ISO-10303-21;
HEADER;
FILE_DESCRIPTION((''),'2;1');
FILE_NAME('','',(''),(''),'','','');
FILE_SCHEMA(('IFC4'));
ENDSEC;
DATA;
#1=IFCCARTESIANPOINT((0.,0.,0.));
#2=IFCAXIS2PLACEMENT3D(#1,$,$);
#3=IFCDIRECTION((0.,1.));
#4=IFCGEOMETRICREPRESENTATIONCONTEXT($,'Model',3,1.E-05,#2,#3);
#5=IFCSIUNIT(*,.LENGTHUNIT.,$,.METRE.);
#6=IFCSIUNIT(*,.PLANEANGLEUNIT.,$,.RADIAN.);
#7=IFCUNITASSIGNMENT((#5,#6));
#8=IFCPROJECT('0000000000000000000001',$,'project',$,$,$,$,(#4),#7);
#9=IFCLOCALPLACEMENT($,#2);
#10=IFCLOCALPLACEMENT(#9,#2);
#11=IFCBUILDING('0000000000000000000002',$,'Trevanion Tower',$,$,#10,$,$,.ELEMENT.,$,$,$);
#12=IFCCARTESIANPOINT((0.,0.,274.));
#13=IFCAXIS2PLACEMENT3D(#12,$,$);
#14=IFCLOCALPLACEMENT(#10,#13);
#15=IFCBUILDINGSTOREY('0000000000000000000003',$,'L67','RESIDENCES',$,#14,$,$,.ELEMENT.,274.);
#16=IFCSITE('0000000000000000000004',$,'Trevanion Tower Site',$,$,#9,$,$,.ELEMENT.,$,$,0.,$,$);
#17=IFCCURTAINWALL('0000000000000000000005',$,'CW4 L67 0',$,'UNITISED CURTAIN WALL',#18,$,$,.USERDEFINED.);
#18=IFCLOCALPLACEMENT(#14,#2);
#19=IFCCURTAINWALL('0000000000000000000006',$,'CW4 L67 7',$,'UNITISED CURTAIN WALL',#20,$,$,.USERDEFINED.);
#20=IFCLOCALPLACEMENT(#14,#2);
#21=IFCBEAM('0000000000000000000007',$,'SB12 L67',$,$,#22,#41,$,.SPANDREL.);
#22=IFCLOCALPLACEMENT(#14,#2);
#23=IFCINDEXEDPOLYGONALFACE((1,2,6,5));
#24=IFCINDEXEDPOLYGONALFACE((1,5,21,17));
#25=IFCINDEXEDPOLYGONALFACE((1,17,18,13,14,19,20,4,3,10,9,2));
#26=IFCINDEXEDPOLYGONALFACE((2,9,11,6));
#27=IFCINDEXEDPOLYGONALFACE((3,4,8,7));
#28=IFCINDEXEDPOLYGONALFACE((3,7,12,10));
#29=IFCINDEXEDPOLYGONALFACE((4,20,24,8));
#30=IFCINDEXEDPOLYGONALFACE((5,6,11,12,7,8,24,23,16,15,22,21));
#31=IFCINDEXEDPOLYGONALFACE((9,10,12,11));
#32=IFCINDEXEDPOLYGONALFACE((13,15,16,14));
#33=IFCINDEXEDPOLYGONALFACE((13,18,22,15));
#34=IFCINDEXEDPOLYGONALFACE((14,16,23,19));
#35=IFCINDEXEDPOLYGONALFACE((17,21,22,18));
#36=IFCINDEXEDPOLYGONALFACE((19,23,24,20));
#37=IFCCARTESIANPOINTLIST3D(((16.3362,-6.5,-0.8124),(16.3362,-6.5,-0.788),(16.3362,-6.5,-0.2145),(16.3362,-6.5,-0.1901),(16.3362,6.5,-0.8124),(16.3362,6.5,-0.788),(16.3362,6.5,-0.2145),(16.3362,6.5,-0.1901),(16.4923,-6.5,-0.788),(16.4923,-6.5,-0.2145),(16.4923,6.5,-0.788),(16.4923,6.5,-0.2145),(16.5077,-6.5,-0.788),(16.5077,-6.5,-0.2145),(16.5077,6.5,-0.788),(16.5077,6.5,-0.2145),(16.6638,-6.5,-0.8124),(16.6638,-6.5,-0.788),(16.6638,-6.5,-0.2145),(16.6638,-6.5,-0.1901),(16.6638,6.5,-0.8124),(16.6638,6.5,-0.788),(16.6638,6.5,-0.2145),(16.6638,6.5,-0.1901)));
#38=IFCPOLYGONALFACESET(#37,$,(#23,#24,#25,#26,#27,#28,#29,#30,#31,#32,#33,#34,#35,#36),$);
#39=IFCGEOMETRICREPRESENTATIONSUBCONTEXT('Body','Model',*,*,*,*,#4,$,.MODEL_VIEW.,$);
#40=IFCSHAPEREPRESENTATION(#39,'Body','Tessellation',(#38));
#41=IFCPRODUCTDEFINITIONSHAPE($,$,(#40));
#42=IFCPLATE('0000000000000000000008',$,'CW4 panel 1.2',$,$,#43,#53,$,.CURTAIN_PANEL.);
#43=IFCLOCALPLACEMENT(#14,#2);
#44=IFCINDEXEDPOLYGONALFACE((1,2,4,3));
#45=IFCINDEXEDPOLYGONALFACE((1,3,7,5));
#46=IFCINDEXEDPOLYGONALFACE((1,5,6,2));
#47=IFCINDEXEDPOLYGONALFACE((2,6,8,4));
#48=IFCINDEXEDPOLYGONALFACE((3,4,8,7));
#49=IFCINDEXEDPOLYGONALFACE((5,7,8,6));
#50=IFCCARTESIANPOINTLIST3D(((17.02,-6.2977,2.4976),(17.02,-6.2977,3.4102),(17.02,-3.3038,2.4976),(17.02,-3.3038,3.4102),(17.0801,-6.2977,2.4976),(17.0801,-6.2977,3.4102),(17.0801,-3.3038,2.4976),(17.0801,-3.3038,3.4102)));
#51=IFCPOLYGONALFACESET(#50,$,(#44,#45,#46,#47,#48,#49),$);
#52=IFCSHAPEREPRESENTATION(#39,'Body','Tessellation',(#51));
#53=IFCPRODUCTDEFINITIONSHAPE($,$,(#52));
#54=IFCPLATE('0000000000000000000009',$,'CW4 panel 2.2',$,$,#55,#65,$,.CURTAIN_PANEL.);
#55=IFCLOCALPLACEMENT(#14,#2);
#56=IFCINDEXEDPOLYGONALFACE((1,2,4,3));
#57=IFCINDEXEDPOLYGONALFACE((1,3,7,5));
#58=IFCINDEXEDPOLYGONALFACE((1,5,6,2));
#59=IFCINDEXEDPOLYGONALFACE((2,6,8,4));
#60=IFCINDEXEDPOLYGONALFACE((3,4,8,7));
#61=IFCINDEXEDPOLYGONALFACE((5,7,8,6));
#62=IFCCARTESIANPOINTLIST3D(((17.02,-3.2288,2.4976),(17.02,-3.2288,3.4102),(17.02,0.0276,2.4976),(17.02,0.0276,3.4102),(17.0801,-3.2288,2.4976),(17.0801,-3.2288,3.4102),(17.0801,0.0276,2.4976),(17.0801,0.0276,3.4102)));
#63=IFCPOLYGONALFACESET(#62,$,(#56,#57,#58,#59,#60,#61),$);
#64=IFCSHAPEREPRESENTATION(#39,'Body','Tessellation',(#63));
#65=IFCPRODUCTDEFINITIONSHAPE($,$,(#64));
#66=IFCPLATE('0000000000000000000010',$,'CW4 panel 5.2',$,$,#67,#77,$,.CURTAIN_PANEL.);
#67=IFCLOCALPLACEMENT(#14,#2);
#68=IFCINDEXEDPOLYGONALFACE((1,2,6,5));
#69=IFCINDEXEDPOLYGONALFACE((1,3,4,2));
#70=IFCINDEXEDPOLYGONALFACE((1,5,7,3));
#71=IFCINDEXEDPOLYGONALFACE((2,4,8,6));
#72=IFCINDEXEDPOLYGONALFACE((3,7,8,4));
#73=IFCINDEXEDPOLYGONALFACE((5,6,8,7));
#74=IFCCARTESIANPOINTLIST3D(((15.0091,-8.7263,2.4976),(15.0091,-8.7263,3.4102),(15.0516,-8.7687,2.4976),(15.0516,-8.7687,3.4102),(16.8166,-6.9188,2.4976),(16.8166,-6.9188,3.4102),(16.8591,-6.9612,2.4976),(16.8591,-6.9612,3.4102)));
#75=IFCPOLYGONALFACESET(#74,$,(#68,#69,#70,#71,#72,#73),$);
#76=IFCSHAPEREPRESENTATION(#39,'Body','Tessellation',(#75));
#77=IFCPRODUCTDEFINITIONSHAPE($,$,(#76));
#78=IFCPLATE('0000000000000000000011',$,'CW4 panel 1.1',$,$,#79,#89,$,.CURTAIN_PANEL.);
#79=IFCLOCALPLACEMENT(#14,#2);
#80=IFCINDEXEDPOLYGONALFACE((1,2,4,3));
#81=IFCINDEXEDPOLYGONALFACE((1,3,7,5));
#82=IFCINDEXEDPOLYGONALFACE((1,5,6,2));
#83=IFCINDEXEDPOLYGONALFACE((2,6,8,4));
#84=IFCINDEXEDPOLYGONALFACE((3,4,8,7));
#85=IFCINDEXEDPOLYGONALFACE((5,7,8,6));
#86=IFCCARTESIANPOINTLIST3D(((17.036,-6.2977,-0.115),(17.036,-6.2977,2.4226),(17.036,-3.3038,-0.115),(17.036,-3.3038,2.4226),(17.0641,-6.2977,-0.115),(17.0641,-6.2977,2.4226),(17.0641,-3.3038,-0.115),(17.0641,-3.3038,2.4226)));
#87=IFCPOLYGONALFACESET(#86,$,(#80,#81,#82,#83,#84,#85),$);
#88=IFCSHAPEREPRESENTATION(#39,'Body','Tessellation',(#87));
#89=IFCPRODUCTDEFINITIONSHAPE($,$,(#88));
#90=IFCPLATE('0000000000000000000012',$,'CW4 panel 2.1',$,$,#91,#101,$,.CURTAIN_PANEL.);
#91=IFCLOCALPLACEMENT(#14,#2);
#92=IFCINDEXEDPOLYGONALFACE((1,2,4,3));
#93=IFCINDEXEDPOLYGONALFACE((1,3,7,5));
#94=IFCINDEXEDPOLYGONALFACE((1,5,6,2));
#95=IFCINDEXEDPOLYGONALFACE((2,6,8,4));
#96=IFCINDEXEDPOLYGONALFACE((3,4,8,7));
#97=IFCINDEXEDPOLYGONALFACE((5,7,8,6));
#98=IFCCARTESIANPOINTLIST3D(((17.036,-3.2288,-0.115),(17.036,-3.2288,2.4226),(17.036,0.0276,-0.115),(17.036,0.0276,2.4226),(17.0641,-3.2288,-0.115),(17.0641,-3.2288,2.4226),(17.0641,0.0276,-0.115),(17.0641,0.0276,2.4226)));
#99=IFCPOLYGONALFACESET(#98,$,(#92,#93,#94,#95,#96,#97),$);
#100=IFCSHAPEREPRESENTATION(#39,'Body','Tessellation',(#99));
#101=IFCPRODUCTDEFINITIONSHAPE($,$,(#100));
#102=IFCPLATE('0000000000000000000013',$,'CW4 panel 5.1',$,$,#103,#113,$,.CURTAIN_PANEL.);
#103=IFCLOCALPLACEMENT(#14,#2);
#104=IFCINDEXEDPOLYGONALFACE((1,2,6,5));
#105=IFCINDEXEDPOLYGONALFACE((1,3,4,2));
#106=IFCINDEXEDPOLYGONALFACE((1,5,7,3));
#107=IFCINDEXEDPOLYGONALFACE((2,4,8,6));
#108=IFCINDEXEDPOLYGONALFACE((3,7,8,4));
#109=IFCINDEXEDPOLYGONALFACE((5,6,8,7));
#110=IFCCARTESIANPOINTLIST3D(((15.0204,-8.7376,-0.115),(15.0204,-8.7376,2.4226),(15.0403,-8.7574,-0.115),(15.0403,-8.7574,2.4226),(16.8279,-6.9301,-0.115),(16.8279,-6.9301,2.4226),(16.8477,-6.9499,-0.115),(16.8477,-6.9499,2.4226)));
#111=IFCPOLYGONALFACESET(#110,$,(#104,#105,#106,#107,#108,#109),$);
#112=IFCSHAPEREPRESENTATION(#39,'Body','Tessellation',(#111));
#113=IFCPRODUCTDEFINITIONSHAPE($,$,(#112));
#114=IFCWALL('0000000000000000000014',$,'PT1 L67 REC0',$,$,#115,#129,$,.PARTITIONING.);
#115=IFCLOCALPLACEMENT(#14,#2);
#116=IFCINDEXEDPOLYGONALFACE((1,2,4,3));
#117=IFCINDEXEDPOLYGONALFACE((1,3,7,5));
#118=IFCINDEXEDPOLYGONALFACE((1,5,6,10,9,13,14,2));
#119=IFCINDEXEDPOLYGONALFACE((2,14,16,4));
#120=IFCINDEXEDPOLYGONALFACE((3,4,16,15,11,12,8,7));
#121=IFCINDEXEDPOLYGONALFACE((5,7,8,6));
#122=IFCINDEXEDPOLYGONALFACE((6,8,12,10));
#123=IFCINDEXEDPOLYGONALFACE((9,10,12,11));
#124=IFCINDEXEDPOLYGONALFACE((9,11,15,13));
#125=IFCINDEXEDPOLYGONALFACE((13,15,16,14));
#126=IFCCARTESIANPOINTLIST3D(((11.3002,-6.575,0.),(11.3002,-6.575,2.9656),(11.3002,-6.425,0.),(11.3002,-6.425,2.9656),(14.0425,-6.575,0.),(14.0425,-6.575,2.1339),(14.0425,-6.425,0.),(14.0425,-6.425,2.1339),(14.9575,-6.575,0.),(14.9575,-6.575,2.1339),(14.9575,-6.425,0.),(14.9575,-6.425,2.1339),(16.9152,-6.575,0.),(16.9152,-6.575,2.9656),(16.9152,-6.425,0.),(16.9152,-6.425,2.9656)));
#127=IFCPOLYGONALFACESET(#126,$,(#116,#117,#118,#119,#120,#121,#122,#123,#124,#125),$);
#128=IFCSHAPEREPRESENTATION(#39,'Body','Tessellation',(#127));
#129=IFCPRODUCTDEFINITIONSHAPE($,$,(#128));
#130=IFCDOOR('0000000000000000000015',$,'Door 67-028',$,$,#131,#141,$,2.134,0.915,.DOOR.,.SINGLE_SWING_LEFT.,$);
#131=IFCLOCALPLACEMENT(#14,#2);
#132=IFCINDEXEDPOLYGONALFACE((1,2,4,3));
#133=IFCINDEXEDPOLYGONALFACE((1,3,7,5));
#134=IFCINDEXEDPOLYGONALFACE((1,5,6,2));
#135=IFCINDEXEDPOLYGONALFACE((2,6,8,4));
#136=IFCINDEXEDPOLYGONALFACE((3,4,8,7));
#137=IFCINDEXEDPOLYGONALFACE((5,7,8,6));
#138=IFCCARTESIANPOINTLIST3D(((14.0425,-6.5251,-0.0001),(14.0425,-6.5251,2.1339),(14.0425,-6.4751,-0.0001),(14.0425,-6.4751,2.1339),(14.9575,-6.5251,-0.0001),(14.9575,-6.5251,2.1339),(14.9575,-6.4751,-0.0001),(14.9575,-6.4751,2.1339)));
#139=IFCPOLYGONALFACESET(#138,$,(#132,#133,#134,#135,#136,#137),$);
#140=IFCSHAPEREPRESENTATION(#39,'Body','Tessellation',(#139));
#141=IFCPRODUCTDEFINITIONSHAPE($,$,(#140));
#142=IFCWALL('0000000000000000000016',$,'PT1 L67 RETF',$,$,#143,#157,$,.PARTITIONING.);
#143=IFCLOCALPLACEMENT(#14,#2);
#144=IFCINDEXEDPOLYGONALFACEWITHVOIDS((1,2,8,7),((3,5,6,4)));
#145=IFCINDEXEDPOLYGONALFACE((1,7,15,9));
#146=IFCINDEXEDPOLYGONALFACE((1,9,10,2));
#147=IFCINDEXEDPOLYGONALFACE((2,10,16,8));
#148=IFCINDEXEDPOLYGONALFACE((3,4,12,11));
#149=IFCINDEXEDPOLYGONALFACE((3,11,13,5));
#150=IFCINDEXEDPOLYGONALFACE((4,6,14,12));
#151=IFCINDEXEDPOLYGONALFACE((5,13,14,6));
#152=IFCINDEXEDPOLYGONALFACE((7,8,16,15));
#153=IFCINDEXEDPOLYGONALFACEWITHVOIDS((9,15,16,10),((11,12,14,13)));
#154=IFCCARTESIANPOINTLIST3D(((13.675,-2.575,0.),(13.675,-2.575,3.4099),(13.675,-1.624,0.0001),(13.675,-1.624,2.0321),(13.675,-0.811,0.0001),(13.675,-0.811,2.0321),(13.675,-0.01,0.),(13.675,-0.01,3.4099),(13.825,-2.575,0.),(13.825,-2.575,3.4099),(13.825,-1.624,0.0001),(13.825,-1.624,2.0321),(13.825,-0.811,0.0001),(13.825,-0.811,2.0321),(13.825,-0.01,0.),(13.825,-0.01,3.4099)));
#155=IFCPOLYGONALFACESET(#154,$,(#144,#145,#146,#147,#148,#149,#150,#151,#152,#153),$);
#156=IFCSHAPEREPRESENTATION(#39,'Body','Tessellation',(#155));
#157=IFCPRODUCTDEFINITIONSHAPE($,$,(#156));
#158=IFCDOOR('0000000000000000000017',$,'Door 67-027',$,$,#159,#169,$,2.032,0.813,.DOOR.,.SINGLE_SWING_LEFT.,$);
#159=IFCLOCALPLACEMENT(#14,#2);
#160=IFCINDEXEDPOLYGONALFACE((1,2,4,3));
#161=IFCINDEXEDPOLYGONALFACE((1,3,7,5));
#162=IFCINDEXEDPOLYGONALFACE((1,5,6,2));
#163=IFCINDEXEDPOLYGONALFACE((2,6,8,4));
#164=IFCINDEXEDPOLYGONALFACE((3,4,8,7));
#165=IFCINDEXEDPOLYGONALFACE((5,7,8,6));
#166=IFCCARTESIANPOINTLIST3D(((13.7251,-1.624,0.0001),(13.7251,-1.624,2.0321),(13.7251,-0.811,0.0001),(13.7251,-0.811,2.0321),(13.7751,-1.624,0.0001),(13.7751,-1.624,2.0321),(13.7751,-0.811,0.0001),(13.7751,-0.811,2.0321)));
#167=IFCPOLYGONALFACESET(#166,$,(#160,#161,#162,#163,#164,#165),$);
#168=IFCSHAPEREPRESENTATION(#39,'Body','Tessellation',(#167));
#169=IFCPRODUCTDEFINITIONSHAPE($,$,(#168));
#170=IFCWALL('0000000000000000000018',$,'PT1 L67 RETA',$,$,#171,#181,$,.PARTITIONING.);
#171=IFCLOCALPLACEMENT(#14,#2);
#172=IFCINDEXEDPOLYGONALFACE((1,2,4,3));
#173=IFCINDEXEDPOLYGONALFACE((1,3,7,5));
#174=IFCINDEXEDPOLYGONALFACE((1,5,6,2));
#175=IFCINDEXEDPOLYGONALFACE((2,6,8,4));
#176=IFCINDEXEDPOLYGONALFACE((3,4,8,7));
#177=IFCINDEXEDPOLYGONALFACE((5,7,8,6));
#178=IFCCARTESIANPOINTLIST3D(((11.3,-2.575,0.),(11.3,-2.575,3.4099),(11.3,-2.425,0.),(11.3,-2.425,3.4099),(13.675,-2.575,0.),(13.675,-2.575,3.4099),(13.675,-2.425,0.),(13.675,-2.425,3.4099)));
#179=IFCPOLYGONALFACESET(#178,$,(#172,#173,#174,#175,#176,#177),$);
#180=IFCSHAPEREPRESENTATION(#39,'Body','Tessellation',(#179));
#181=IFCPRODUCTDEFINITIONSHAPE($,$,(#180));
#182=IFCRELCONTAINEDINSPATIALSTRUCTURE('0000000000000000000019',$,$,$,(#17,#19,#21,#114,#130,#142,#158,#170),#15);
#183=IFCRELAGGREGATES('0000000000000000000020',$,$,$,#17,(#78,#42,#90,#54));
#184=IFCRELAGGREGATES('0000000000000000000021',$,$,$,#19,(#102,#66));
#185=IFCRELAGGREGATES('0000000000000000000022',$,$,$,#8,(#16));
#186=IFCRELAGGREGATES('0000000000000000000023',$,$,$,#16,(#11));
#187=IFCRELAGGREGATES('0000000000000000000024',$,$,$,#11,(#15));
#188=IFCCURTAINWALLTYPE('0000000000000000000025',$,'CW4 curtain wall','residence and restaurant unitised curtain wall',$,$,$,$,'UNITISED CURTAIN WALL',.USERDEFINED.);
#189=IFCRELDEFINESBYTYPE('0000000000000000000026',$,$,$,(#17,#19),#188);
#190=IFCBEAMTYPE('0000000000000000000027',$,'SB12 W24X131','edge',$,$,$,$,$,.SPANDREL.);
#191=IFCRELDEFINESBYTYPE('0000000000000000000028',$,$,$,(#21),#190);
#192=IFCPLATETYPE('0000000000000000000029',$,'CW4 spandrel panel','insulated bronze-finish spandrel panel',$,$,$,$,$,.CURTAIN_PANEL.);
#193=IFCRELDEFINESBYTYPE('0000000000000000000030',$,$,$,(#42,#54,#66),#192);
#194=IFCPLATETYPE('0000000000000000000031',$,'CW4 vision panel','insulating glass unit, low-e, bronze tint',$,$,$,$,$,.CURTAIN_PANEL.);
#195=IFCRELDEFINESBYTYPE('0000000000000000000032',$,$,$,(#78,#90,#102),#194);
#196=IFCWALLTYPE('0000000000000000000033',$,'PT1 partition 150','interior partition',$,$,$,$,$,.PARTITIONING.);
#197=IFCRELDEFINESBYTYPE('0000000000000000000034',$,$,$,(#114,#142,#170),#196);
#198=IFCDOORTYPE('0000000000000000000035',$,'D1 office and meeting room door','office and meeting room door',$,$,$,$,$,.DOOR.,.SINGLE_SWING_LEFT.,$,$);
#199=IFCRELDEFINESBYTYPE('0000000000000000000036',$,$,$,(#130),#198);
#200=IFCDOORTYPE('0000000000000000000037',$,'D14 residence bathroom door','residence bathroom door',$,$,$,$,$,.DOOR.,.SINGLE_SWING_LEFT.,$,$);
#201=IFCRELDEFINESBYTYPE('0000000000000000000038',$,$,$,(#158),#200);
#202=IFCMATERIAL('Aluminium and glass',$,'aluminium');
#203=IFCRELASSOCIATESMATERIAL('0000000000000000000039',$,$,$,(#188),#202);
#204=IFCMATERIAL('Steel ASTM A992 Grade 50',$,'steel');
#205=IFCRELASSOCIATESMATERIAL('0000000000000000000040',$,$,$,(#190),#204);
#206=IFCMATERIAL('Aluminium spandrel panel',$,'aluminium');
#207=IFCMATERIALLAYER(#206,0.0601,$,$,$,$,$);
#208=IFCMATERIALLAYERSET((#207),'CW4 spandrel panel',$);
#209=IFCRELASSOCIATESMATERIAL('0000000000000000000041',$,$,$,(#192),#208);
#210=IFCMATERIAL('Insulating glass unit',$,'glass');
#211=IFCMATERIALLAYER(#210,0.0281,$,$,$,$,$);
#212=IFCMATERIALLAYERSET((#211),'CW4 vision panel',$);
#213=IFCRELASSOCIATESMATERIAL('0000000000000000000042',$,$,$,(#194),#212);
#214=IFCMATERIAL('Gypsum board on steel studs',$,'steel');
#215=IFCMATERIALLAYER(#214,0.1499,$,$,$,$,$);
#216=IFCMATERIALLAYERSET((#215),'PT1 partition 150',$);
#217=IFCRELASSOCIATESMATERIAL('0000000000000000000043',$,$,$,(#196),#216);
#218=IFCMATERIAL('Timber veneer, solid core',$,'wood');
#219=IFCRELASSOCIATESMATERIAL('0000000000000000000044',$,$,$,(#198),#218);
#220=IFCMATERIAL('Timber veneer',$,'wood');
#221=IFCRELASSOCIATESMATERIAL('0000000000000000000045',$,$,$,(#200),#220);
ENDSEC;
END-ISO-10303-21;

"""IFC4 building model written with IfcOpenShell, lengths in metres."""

from ifc_helpers import new_model, si_unit, direction, frame, frame_2d, origin, origin_2d, place, context, subcontext, project, spatial, rectangle, i_section, extrude, material, layer, layer_set, material_profile, profile_set, type_object, element, fill, aggregate, save


model = new_model("IFC4")

# Units and contexts
model_context = context("Model", 3, precision=1e-05, world=origin(), true_north=direction((0.0, 1.0)))
body_context = subcontext(model_context, "Body", "Model", "MODEL_VIEW")
ifc_project = project(units=[si_unit("LENGTHUNIT", "METRE"), si_unit("PLANEANGLEUNIT", "RADIAN")], contexts=[model_context])

# Site, building, storey
site_placement = place(None, origin())
site = spatial("IfcSite", under=ifc_project, at=site_placement, Name="Trevanion Tower Site", CompositionType="ELEMENT", RefElevation=0.0)
building_placement = place(site_placement, origin())
building = spatial("IfcBuilding", under=site, at=building_placement, Name="Trevanion Tower", CompositionType="ELEMENT")
storey_placement = place(building_placement, frame((0.0, 0.0, 274.0)))
storey = spatial("IfcBuildingStorey", under=building, at=storey_placement, Name="L67", Description="RESIDENCES", CompositionType="ELEMENT", Elevation=274.0)

# Curtain wall
ifc_material_1 = material(Name="Aluminium and glass", Category="aluminium")
curtain_wall_type = type_object("IfcCurtainWallType", Name="CW4 curtain wall", Description="residence and restaurant unitised curtain wall", ElementType="UNITISED CURTAIN WALL", PredefinedType="USERDEFINED", material=ifc_material_1)
curtain_wall_1_placement = place(storey_placement, origin())
curtain_wall_1 = element("IfcCurtainWall", 1, at=curtain_wall_1_placement, inside=storey, type_object=curtain_wall_type, Name="CW4 L67 0", ObjectType="UNITISED CURTAIN WALL", PredefinedType="USERDEFINED")

# Curtain wall
curtain_wall_2_placement = place(storey_placement, origin())
curtain_wall_2 = element("IfcCurtainWall", 2, at=curtain_wall_2_placement, inside=storey, type_object=curtain_wall_type, Name="CW4 L67 7", ObjectType="UNITISED CURTAIN WALL", PredefinedType="USERDEFINED")

# Beam
ifc_material_2 = material(Name="Steel ASTM A992 Grade 50", Category="steel")
ifc_material_profile_1 = material_profile(ifc_material_2, i_section(OverallWidth=0.3276, OverallDepth=0.6223, WebThickness=0.0154, FlangeThickness=0.0244, at=origin_2d()), Name="W24X131")
ifc_profile_set_1 = profile_set([ifc_material_profile_1], Name="Steel ASTM A992 Grade 50")
beam_type_1 = type_object("IfcBeamType", Name="SB12 W24X131", Description="edge", PredefinedType="SPANDREL", material=ifc_profile_set_1)
beam_1_placement = place(storey_placement, frame((16.5, -6.5, -0.5012), z_axis=(0.0, 1.0, 0.0), x_axis=(-1.0, 0.0, 0.0)))
element("IfcBeam", 3, at=beam_1_placement, inside=storey, type_object=beam_type_1, Name="SB12 L67", PredefinedType="SPANDREL", context=body_context, shape_type="SweptSolid", body=[
    extrude(i_section(OverallWidth=0.3276, OverallDepth=0.6223, WebThickness=0.0154, FlangeThickness=0.0244, at=origin_2d()), origin(), (0.0, 0.0, 1.0), 13.0),
])

# Plates
ifc_material_3 = material(Name="Aluminium spandrel panel", Category="aluminium")
ifc_layer_1 = layer(ifc_material_3, 0.0601)
ifc_layer_set_1 = layer_set([ifc_layer_1], Name="CW4 spandrel panel")
plate_type_1 = type_object("IfcPlateType", Name="CW4 spandrel panel", Description="insulated bronze-finish spandrel panel", PredefinedType="CURTAIN_PANEL", material=ifc_layer_set_1)
plate_1_placement = place(storey_placement, frame((17.05, -4.8008, 2.4976), z_axis=(0.0, 0.0, 1.0), x_axis=(0.0, 1.0, 0.0)))
plate_1 = element("IfcPlate", 4, at=plate_1_placement, type_object=plate_type_1, Name="CW4 panel 1.2", PredefinedType="CURTAIN_PANEL", context=body_context, shape_type="SweptSolid", body=[
    extrude(rectangle(XDim=2.9939, YDim=0.0601, at=origin_2d()), origin(), (0.0, 0.0, 1.0), 0.9126),
])
plate_2_placement = place(storey_placement, frame((17.05, -1.6006, 2.4976), z_axis=(0.0, 0.0, 1.0), x_axis=(0.0, 1.0, 0.0)))
plate_2 = element("IfcPlate", 5, at=plate_2_placement, type_object=plate_type_1, Name="CW4 panel 2.2", PredefinedType="CURTAIN_PANEL", context=body_context, shape_type="SweptSolid", body=[
    extrude(rectangle(XDim=3.2563, YDim=0.0601, at=origin_2d()), origin(), (0.0, 0.0, 1.0), 0.9126),
])
plate_3_placement = place(storey_placement, frame((15.9341, -7.8438, 2.4976), z_axis=(0.0, 0.0, 1.0), x_axis=(0.707107, 0.707107, 0.0)))
plate_3 = element("IfcPlate", 6, at=plate_3_placement, type_object=plate_type_1, Name="CW4 panel 5.2", PredefinedType="CURTAIN_PANEL", context=body_context, shape_type="SweptSolid", body=[
    extrude(rectangle(XDim=2.5562, YDim=0.0601, at=origin_2d()), origin(), (0.0, 0.0, 1.0), 0.9126),
])
ifc_material_4 = material(Name="Insulating glass unit", Category="glass")
ifc_layer_2 = layer(ifc_material_4, 0.0281)
ifc_layer_set_2 = layer_set([ifc_layer_2], Name="CW4 vision panel")
plate_type_2 = type_object("IfcPlateType", Name="CW4 vision panel", Description="insulating glass unit, low-e, bronze tint", PredefinedType="CURTAIN_PANEL", material=ifc_layer_set_2)
plate_4_placement = place(storey_placement, frame((17.05, -4.8008, -0.115), z_axis=(0.0, 0.0, 1.0), x_axis=(0.0, 1.0, 0.0)))
plate_4 = element("IfcPlate", 7, at=plate_4_placement, type_object=plate_type_2, Name="CW4 panel 1.1", PredefinedType="CURTAIN_PANEL", context=body_context, shape_type="SweptSolid", body=[
    extrude(rectangle(XDim=2.9939, YDim=0.0281, at=origin_2d()), origin(), (0.0, 0.0, 1.0), 2.5376),
])
plate_5_placement = place(storey_placement, frame((17.05, -1.6006, -0.115), z_axis=(0.0, 0.0, 1.0), x_axis=(0.0, 1.0, 0.0)))
plate_5 = element("IfcPlate", 8, at=plate_5_placement, type_object=plate_type_2, Name="CW4 panel 2.1", PredefinedType="CURTAIN_PANEL", context=body_context, shape_type="SweptSolid", body=[
    extrude(rectangle(XDim=3.2563, YDim=0.0281, at=origin_2d()), origin(), (0.0, 0.0, 1.0), 2.5376),
])
aggregate(curtain_wall_1, [plate_4, plate_1, plate_5, plate_2])
plate_6_placement = place(storey_placement, frame((15.9341, -7.8438, -0.115), z_axis=(0.0, 0.0, 1.0), x_axis=(0.707107, 0.707107, 0.0)))
plate_6 = element("IfcPlate", 9, at=plate_6_placement, type_object=plate_type_2, Name="CW4 panel 5.1", PredefinedType="CURTAIN_PANEL", context=body_context, shape_type="SweptSolid", body=[
    extrude(rectangle(XDim=2.5562, YDim=0.0281, at=origin_2d()), origin(), (0.0, 0.0, 1.0), 2.5376),
])
aggregate(curtain_wall_2, [plate_6, plate_3])

# Walls, openings, doors
ifc_material_5 = material(Name="Gypsum board on steel studs", Category="steel")
ifc_layer_3 = layer(ifc_material_5, 0.1499)
ifc_layer_set_3 = layer_set([ifc_layer_3], Name="PT1 partition 150")
wall_type = type_object("IfcWallType", Name="PT1 partition 150", Description="interior partition", PredefinedType="PARTITIONING", material=ifc_layer_set_3)
wall_1_placement = place(storey_placement, frame((11.3, -6.5, 0.0), z_axis=(0.0, 0.0, 1.0), x_axis=(1.0, 0.0, 0.0)))
wall_1 = element("IfcWall", 10, at=wall_1_placement, inside=storey, type_object=wall_type, Name="PT1 L67 REC0", PredefinedType="PARTITIONING", context=body_context, shape_type="SweptSolid", body=[
    extrude(rectangle(XDim=5.615, YDim=0.1499, at=frame_2d((2.8076, 0.0))), origin(), (0.0, 0.0, 1.0), 2.9656),
])
opening_1_placement = place(wall_1_placement, frame((2.7424, 0.0, 0.0)))
opening_1 = element("IfcOpeningElement", 11, at=opening_1_placement, cuts=wall_1, PredefinedType="OPENING", context=body_context, shape_type="SweptSolid", body=[
    extrude(rectangle(XDim=0.915, YDim=2.134, at=frame_2d((0.4575, 1.0669))), frame((0.0, 0.085, 0.0), z_axis=(0.0, -1.0, 0.0), x_axis=(1.0, 0.0, 0.0)), (0.0, 0.0, 1.0), 0.1699),
])
ifc_material_6 = material(Name="Timber veneer, solid core", Category="wood")
door_type_1 = type_object("IfcDoorType", Name="D1 office and meeting room door", Description="office and meeting room door", OperationType="SINGLE_SWING_LEFT", PredefinedType="DOOR", material=ifc_material_6)
door_1_placement = place(opening_1_placement, origin())
door_1 = element("IfcDoor", 12, at=door_1_placement, inside=storey, type_object=door_type_1, Name="Door 67-028", OperationType="SINGLE_SWING_LEFT", OverallHeight=2.134, OverallWidth=0.915, PredefinedType="DOOR", context=body_context, shape_type="SweptSolid", body=[
    extrude(rectangle(XDim=0.915, YDim=2.134, at=frame_2d((0.4575, 1.0669))), frame((0.0, 0.0249, 0.0), z_axis=(0.0, -1.0, 0.0), x_axis=(1.0, 0.0, 0.0)), (0.0, 0.0, 1.0), 0.05),
])
fill(opening_1, door_1)
wall_2_placement = place(storey_placement, frame((13.75, -2.575, 0.0), z_axis=(0.0, 0.0, 1.0), x_axis=(0.0, 1.0, 0.0)))
wall_2 = element("IfcWall", 13, at=wall_2_placement, inside=storey, type_object=wall_type, Name="PT1 L67 RETF", PredefinedType="PARTITIONING", context=body_context, shape_type="SweptSolid", body=[
    extrude(rectangle(XDim=2.5649, YDim=0.1499, at=frame_2d((1.2825, 0.0))), origin(), (0.0, 0.0, 1.0), 3.4099),
])
opening_2_placement = place(wall_2_placement, frame((0.9509, 0.0, 0.0)))
opening_2 = element("IfcOpeningElement", 14, at=opening_2_placement, cuts=wall_2, PredefinedType="OPENING", context=body_context, shape_type="SweptSolid", body=[
    extrude(rectangle(XDim=0.813, YDim=2.032, at=frame_2d((0.4065, 1.0161))), frame((0.0, 0.085, 0.0), z_axis=(0.0, -1.0, 0.0), x_axis=(1.0, 0.0, 0.0)), (0.0, 0.0, 1.0), 0.1699),
])
ifc_material_7 = material(Name="Timber veneer", Category="wood")
door_type_2 = type_object("IfcDoorType", Name="D14 residence bathroom door", Description="residence bathroom door", OperationType="SINGLE_SWING_LEFT", PredefinedType="DOOR", material=ifc_material_7)
door_2_placement = place(opening_2_placement, origin())
door_2 = element("IfcDoor", 15, at=door_2_placement, inside=storey, type_object=door_type_2, Name="Door 67-027", OperationType="SINGLE_SWING_LEFT", OverallHeight=2.032, OverallWidth=0.813, PredefinedType="DOOR", context=body_context, shape_type="SweptSolid", body=[
    extrude(rectangle(XDim=0.813, YDim=2.032, at=frame_2d((0.4065, 1.0161))), frame((0.0, 0.0249, 0.0), z_axis=(0.0, -1.0, 0.0), x_axis=(1.0, 0.0, 0.0)), (0.0, 0.0, 1.0), 0.05),
])
fill(opening_2, door_2)

# Wall
wall_3_placement = place(storey_placement, frame((11.3, -2.5, 0.0), z_axis=(0.0, 0.0, 1.0), x_axis=(1.0, 0.0, 0.0)))
element("IfcWall", 16, at=wall_3_placement, inside=storey, type_object=wall_type, Name="PT1 L67 RETA", PredefinedType="PARTITIONING", context=body_context, shape_type="SweptSolid", body=[
    extrude(rectangle(XDim=2.375, YDim=0.1499, at=frame_2d((1.1875, 0.0))), origin(), (0.0, 0.0, 1.0), 3.4099),
])

save(model, "model.ifc")
